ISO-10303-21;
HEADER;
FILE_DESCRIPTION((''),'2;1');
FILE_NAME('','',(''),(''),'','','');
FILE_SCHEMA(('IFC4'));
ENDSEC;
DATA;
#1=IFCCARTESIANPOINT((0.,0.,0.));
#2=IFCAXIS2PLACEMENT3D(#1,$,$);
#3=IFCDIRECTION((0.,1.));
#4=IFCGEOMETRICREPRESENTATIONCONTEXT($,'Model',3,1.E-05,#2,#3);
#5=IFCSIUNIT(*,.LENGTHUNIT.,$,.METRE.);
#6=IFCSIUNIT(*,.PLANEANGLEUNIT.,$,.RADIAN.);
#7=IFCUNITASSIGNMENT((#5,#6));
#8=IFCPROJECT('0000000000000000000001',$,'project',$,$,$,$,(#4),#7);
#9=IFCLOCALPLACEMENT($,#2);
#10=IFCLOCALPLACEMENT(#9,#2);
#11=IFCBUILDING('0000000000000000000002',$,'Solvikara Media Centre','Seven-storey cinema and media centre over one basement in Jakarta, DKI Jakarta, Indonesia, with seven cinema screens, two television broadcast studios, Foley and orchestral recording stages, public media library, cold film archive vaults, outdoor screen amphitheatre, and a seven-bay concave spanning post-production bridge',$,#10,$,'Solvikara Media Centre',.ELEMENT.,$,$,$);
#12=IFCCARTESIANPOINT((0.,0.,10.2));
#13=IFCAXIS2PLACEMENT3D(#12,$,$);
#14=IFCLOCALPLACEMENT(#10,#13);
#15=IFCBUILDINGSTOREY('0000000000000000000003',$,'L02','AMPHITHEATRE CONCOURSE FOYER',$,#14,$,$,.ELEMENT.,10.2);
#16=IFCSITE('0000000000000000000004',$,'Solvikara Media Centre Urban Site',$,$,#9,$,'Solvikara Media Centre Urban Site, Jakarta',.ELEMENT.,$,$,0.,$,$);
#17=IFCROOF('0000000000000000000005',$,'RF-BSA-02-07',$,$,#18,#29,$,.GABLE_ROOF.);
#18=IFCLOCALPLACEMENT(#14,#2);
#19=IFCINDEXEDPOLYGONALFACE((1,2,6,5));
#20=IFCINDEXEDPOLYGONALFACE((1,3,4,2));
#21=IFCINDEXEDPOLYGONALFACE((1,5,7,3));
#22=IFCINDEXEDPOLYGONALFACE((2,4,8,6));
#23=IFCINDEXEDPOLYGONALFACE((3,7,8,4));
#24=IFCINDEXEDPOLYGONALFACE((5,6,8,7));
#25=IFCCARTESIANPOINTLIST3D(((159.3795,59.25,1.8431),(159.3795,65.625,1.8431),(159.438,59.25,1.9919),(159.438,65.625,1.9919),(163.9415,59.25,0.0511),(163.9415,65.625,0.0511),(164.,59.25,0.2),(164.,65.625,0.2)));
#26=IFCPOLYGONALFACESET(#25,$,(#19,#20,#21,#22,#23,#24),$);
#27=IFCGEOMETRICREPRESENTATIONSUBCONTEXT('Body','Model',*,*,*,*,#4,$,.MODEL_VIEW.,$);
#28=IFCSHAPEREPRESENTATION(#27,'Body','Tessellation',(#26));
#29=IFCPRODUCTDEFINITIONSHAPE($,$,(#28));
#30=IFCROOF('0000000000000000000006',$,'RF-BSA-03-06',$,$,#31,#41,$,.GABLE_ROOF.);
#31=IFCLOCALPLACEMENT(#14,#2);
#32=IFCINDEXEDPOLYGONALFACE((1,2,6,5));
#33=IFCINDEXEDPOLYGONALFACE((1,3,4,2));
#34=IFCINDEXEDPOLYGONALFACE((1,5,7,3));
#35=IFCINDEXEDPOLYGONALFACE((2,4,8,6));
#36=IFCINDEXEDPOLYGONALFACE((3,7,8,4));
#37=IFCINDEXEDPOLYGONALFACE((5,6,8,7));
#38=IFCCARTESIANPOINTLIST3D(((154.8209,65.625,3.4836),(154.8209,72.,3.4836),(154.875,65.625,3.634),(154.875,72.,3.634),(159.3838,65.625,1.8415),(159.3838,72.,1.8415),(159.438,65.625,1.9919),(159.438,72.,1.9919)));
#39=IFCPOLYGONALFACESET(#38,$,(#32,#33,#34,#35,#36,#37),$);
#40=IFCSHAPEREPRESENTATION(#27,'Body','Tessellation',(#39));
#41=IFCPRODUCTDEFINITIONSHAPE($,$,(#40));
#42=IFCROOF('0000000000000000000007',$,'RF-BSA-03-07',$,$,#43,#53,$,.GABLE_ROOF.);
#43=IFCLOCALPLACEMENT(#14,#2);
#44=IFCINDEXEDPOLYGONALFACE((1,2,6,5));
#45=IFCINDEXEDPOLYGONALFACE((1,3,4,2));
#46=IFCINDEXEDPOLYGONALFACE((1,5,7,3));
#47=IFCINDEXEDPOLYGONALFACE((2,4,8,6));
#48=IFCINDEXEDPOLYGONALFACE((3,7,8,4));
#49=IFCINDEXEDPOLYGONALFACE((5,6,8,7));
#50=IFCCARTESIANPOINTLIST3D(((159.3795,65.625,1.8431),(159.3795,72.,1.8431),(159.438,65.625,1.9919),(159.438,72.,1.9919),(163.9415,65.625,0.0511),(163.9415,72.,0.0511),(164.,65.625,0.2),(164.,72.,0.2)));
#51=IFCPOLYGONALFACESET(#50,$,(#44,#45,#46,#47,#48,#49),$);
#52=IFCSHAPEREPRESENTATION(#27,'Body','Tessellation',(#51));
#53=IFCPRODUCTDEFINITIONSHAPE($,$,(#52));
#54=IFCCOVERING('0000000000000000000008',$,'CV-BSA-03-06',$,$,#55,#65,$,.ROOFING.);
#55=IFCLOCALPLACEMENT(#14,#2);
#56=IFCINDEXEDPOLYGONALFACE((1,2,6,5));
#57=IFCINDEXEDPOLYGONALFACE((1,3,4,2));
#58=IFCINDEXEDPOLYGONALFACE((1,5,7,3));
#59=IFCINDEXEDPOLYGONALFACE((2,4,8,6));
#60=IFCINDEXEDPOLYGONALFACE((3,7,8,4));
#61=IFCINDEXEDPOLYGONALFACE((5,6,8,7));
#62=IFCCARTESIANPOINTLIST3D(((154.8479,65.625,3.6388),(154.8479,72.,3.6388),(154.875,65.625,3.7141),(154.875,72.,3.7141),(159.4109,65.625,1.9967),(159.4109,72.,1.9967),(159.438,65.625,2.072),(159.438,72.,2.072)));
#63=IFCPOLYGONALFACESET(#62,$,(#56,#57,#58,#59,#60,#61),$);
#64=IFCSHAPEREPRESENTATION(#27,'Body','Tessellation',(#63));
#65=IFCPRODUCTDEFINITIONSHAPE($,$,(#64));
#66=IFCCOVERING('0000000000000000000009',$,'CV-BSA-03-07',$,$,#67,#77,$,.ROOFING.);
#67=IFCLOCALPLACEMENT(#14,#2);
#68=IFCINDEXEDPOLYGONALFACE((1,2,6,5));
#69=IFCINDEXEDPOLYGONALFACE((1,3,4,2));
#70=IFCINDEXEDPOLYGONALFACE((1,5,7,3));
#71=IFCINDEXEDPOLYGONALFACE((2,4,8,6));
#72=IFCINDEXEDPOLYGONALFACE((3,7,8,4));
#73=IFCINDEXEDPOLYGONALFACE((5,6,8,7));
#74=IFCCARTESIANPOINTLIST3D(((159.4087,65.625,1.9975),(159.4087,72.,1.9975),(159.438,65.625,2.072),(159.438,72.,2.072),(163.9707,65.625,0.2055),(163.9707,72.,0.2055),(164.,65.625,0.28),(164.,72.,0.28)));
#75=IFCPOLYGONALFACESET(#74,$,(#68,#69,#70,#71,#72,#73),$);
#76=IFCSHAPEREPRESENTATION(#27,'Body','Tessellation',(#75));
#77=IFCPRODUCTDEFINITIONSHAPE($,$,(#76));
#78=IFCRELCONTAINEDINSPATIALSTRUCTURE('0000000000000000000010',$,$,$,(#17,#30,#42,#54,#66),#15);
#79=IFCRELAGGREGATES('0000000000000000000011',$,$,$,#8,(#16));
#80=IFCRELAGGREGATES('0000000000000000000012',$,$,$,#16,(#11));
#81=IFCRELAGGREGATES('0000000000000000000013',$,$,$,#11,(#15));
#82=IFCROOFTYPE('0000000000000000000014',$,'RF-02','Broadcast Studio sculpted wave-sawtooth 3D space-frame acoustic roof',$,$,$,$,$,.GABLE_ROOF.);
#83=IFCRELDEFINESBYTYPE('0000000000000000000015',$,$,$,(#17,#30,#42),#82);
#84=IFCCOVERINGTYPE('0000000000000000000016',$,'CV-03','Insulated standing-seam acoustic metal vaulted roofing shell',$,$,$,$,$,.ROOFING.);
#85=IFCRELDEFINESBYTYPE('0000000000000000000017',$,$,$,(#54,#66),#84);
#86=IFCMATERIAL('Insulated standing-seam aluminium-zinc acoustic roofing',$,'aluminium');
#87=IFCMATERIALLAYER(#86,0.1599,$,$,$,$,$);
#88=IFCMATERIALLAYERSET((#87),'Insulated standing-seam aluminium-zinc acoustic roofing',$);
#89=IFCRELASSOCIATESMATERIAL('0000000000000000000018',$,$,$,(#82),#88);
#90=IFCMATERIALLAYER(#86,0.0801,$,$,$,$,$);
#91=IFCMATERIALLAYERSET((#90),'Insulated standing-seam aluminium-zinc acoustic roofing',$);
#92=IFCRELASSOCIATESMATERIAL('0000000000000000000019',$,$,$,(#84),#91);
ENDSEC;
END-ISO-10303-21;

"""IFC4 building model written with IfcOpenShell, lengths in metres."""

from ifc_helpers import new_model, si_unit, direction, frame, origin, place, context, subcontext, project, spatial, polyline, outline, extrude, material, layer, layer_set, type_object, element, save


model = new_model("IFC4")

# Units and contexts
model_context = context("Model", 3, precision=1e-05, world=origin(), true_north=direction((0.0, 1.0)))
body_context = subcontext(model_context, "Body", "Model", "MODEL_VIEW")
ifc_project = project(units=[si_unit("LENGTHUNIT", "METRE"), si_unit("PLANEANGLEUNIT", "RADIAN")], contexts=[model_context])

# Site, building, storey
site_placement = place(None, origin())
site = spatial("IfcSite", under=ifc_project, at=site_placement, Name="Solvikara Media Centre Urban Site", LongName="Solvikara Media Centre Urban Site, Jakarta", CompositionType="ELEMENT", RefElevation=0.0)
building_placement = place(site_placement, origin())
building = spatial("IfcBuilding", under=site, at=building_placement, Name="Solvikara Media Centre", Description="Seven-storey cinema and media centre over one basement in Jakarta, DKI Jakarta, Indonesia, with seven cinema screens, two television broadcast studios, Foley and orchestral recording stages, public media library, cold film archive vaults, outdoor screen amphitheatre, and a seven-bay concave spanning post-production bridge", LongName="Solvikara Media Centre", CompositionType="ELEMENT")
storey_placement = place(building_placement, frame((0.0, 0.0, 10.2)))
storey = spatial("IfcBuildingStorey", under=building, at=storey_placement, Name="L02", Description="AMPHITHEATRE CONCOURSE FOYER", CompositionType="ELEMENT", Elevation=10.2)

# Roofs
ifc_material_1 = material(Name="Insulated standing-seam aluminium-zinc acoustic roofing", Category="aluminium")
ifc_layer_1 = layer(ifc_material_1, 0.1599)
ifc_layer_set_1 = layer_set([ifc_layer_1], Name="Insulated standing-seam aluminium-zinc acoustic roofing")
roof_type = type_object("IfcRoofType", Name="RF-02", Description="Broadcast Studio sculpted wave-sawtooth 3D space-frame acoustic roof", PredefinedType="GABLE_ROOF", material=ifc_layer_set_1)
roof_1_placement = place(storey_placement, frame((159.438, 59.25, 1.9919), z_axis=(0.365612, 0.0, 0.930767), x_axis=(0.930767, 0.0, -0.365612)))
element("IfcRoof", 1, at=roof_1_placement, inside=storey, type_object=roof_type, Name="RF-BSA-02-07", PredefinedType="GABLE_ROOF", context=body_context, shape_type="SweptSolid", body=[
    extrude(outline(polyline([(0.0, 0.0), (4.9013, 0.0), (4.9013, 6.375), (0.0, 6.375), (0.0, 0.0)])), origin(), (0.0, 0.0, -1.0), 0.1599),
])
roof_2_placement = place(storey_placement, frame((154.875, 65.625, 3.634), z_axis=(0.338613, 0.0, 0.940926), x_axis=(0.940926, 0.0, -0.338613)))
element("IfcRoof", 2, at=roof_2_placement, inside=storey, type_object=roof_type, Name="RF-BSA-03-06", PredefinedType="GABLE_ROOF", context=body_context, shape_type="SweptSolid", body=[
    extrude(outline(polyline([(0.0, 0.0), (4.8495, 0.0), (4.8495, 6.375), (0.0, 6.375), (0.0, 0.0)])), origin(), (0.0, 0.0, -1.0), 0.1599),
])
roof_3_placement = place(storey_placement, frame((159.438, 65.625, 1.9919), z_axis=(0.365612, 0.0, 0.930767), x_axis=(0.930767, 0.0, -0.365612)))
element("IfcRoof", 3, at=roof_3_placement, inside=storey, type_object=roof_type, Name="RF-BSA-03-07", PredefinedType="GABLE_ROOF", context=body_context, shape_type="SweptSolid", body=[
    extrude(outline(polyline([(0.0, 0.0), (4.9013, 0.0), (4.9013, 6.375), (0.0, 6.375), (0.0, 0.0)])), origin(), (0.0, 0.0, -1.0), 0.1599),
])

# Coverings
ifc_layer_2 = layer(ifc_material_1, 0.0801)
ifc_layer_set_2 = layer_set([ifc_layer_2], Name="Insulated standing-seam aluminium-zinc acoustic roofing")
covering_type = type_object("IfcCoveringType", Name="CV-03", Description="Insulated standing-seam acoustic metal vaulted roofing shell", PredefinedType="ROOFING", material=ifc_layer_set_2)
covering_1_placement = place(storey_placement, frame((154.875, 65.625, 3.7141), z_axis=(0.338613, 0.0, 0.940926), x_axis=(0.940926, 0.0, -0.338613)))
element("IfcCovering", 4, at=covering_1_placement, inside=storey, type_object=covering_type, Name="CV-BSA-03-06", PredefinedType="ROOFING", context=body_context, shape_type="SweptSolid", body=[
    extrude(outline(polyline([(0.0, 0.0), (4.8495, 0.0), (4.8495, 6.375), (0.0, 6.375), (0.0, 0.0)])), origin(), (0.0, 0.0, -1.0), 0.0801),
])
covering_2_placement = place(storey_placement, frame((159.438, 65.625, 2.072), z_axis=(0.365612, 0.0, 0.930767), x_axis=(0.930767, 0.0, -0.365612)))
element("IfcCovering", 5, at=covering_2_placement, inside=storey, type_object=covering_type, Name="CV-BSA-03-07", PredefinedType="ROOFING", context=body_context, shape_type="SweptSolid", body=[
    extrude(outline(polyline([(0.0, 0.0), (4.9013, 0.0), (4.9013, 6.375), (0.0, 6.375), (0.0, 0.0)])), origin(), (0.0, 0.0, -1.0), 0.0801),
])

save(model, "model.ifc")
